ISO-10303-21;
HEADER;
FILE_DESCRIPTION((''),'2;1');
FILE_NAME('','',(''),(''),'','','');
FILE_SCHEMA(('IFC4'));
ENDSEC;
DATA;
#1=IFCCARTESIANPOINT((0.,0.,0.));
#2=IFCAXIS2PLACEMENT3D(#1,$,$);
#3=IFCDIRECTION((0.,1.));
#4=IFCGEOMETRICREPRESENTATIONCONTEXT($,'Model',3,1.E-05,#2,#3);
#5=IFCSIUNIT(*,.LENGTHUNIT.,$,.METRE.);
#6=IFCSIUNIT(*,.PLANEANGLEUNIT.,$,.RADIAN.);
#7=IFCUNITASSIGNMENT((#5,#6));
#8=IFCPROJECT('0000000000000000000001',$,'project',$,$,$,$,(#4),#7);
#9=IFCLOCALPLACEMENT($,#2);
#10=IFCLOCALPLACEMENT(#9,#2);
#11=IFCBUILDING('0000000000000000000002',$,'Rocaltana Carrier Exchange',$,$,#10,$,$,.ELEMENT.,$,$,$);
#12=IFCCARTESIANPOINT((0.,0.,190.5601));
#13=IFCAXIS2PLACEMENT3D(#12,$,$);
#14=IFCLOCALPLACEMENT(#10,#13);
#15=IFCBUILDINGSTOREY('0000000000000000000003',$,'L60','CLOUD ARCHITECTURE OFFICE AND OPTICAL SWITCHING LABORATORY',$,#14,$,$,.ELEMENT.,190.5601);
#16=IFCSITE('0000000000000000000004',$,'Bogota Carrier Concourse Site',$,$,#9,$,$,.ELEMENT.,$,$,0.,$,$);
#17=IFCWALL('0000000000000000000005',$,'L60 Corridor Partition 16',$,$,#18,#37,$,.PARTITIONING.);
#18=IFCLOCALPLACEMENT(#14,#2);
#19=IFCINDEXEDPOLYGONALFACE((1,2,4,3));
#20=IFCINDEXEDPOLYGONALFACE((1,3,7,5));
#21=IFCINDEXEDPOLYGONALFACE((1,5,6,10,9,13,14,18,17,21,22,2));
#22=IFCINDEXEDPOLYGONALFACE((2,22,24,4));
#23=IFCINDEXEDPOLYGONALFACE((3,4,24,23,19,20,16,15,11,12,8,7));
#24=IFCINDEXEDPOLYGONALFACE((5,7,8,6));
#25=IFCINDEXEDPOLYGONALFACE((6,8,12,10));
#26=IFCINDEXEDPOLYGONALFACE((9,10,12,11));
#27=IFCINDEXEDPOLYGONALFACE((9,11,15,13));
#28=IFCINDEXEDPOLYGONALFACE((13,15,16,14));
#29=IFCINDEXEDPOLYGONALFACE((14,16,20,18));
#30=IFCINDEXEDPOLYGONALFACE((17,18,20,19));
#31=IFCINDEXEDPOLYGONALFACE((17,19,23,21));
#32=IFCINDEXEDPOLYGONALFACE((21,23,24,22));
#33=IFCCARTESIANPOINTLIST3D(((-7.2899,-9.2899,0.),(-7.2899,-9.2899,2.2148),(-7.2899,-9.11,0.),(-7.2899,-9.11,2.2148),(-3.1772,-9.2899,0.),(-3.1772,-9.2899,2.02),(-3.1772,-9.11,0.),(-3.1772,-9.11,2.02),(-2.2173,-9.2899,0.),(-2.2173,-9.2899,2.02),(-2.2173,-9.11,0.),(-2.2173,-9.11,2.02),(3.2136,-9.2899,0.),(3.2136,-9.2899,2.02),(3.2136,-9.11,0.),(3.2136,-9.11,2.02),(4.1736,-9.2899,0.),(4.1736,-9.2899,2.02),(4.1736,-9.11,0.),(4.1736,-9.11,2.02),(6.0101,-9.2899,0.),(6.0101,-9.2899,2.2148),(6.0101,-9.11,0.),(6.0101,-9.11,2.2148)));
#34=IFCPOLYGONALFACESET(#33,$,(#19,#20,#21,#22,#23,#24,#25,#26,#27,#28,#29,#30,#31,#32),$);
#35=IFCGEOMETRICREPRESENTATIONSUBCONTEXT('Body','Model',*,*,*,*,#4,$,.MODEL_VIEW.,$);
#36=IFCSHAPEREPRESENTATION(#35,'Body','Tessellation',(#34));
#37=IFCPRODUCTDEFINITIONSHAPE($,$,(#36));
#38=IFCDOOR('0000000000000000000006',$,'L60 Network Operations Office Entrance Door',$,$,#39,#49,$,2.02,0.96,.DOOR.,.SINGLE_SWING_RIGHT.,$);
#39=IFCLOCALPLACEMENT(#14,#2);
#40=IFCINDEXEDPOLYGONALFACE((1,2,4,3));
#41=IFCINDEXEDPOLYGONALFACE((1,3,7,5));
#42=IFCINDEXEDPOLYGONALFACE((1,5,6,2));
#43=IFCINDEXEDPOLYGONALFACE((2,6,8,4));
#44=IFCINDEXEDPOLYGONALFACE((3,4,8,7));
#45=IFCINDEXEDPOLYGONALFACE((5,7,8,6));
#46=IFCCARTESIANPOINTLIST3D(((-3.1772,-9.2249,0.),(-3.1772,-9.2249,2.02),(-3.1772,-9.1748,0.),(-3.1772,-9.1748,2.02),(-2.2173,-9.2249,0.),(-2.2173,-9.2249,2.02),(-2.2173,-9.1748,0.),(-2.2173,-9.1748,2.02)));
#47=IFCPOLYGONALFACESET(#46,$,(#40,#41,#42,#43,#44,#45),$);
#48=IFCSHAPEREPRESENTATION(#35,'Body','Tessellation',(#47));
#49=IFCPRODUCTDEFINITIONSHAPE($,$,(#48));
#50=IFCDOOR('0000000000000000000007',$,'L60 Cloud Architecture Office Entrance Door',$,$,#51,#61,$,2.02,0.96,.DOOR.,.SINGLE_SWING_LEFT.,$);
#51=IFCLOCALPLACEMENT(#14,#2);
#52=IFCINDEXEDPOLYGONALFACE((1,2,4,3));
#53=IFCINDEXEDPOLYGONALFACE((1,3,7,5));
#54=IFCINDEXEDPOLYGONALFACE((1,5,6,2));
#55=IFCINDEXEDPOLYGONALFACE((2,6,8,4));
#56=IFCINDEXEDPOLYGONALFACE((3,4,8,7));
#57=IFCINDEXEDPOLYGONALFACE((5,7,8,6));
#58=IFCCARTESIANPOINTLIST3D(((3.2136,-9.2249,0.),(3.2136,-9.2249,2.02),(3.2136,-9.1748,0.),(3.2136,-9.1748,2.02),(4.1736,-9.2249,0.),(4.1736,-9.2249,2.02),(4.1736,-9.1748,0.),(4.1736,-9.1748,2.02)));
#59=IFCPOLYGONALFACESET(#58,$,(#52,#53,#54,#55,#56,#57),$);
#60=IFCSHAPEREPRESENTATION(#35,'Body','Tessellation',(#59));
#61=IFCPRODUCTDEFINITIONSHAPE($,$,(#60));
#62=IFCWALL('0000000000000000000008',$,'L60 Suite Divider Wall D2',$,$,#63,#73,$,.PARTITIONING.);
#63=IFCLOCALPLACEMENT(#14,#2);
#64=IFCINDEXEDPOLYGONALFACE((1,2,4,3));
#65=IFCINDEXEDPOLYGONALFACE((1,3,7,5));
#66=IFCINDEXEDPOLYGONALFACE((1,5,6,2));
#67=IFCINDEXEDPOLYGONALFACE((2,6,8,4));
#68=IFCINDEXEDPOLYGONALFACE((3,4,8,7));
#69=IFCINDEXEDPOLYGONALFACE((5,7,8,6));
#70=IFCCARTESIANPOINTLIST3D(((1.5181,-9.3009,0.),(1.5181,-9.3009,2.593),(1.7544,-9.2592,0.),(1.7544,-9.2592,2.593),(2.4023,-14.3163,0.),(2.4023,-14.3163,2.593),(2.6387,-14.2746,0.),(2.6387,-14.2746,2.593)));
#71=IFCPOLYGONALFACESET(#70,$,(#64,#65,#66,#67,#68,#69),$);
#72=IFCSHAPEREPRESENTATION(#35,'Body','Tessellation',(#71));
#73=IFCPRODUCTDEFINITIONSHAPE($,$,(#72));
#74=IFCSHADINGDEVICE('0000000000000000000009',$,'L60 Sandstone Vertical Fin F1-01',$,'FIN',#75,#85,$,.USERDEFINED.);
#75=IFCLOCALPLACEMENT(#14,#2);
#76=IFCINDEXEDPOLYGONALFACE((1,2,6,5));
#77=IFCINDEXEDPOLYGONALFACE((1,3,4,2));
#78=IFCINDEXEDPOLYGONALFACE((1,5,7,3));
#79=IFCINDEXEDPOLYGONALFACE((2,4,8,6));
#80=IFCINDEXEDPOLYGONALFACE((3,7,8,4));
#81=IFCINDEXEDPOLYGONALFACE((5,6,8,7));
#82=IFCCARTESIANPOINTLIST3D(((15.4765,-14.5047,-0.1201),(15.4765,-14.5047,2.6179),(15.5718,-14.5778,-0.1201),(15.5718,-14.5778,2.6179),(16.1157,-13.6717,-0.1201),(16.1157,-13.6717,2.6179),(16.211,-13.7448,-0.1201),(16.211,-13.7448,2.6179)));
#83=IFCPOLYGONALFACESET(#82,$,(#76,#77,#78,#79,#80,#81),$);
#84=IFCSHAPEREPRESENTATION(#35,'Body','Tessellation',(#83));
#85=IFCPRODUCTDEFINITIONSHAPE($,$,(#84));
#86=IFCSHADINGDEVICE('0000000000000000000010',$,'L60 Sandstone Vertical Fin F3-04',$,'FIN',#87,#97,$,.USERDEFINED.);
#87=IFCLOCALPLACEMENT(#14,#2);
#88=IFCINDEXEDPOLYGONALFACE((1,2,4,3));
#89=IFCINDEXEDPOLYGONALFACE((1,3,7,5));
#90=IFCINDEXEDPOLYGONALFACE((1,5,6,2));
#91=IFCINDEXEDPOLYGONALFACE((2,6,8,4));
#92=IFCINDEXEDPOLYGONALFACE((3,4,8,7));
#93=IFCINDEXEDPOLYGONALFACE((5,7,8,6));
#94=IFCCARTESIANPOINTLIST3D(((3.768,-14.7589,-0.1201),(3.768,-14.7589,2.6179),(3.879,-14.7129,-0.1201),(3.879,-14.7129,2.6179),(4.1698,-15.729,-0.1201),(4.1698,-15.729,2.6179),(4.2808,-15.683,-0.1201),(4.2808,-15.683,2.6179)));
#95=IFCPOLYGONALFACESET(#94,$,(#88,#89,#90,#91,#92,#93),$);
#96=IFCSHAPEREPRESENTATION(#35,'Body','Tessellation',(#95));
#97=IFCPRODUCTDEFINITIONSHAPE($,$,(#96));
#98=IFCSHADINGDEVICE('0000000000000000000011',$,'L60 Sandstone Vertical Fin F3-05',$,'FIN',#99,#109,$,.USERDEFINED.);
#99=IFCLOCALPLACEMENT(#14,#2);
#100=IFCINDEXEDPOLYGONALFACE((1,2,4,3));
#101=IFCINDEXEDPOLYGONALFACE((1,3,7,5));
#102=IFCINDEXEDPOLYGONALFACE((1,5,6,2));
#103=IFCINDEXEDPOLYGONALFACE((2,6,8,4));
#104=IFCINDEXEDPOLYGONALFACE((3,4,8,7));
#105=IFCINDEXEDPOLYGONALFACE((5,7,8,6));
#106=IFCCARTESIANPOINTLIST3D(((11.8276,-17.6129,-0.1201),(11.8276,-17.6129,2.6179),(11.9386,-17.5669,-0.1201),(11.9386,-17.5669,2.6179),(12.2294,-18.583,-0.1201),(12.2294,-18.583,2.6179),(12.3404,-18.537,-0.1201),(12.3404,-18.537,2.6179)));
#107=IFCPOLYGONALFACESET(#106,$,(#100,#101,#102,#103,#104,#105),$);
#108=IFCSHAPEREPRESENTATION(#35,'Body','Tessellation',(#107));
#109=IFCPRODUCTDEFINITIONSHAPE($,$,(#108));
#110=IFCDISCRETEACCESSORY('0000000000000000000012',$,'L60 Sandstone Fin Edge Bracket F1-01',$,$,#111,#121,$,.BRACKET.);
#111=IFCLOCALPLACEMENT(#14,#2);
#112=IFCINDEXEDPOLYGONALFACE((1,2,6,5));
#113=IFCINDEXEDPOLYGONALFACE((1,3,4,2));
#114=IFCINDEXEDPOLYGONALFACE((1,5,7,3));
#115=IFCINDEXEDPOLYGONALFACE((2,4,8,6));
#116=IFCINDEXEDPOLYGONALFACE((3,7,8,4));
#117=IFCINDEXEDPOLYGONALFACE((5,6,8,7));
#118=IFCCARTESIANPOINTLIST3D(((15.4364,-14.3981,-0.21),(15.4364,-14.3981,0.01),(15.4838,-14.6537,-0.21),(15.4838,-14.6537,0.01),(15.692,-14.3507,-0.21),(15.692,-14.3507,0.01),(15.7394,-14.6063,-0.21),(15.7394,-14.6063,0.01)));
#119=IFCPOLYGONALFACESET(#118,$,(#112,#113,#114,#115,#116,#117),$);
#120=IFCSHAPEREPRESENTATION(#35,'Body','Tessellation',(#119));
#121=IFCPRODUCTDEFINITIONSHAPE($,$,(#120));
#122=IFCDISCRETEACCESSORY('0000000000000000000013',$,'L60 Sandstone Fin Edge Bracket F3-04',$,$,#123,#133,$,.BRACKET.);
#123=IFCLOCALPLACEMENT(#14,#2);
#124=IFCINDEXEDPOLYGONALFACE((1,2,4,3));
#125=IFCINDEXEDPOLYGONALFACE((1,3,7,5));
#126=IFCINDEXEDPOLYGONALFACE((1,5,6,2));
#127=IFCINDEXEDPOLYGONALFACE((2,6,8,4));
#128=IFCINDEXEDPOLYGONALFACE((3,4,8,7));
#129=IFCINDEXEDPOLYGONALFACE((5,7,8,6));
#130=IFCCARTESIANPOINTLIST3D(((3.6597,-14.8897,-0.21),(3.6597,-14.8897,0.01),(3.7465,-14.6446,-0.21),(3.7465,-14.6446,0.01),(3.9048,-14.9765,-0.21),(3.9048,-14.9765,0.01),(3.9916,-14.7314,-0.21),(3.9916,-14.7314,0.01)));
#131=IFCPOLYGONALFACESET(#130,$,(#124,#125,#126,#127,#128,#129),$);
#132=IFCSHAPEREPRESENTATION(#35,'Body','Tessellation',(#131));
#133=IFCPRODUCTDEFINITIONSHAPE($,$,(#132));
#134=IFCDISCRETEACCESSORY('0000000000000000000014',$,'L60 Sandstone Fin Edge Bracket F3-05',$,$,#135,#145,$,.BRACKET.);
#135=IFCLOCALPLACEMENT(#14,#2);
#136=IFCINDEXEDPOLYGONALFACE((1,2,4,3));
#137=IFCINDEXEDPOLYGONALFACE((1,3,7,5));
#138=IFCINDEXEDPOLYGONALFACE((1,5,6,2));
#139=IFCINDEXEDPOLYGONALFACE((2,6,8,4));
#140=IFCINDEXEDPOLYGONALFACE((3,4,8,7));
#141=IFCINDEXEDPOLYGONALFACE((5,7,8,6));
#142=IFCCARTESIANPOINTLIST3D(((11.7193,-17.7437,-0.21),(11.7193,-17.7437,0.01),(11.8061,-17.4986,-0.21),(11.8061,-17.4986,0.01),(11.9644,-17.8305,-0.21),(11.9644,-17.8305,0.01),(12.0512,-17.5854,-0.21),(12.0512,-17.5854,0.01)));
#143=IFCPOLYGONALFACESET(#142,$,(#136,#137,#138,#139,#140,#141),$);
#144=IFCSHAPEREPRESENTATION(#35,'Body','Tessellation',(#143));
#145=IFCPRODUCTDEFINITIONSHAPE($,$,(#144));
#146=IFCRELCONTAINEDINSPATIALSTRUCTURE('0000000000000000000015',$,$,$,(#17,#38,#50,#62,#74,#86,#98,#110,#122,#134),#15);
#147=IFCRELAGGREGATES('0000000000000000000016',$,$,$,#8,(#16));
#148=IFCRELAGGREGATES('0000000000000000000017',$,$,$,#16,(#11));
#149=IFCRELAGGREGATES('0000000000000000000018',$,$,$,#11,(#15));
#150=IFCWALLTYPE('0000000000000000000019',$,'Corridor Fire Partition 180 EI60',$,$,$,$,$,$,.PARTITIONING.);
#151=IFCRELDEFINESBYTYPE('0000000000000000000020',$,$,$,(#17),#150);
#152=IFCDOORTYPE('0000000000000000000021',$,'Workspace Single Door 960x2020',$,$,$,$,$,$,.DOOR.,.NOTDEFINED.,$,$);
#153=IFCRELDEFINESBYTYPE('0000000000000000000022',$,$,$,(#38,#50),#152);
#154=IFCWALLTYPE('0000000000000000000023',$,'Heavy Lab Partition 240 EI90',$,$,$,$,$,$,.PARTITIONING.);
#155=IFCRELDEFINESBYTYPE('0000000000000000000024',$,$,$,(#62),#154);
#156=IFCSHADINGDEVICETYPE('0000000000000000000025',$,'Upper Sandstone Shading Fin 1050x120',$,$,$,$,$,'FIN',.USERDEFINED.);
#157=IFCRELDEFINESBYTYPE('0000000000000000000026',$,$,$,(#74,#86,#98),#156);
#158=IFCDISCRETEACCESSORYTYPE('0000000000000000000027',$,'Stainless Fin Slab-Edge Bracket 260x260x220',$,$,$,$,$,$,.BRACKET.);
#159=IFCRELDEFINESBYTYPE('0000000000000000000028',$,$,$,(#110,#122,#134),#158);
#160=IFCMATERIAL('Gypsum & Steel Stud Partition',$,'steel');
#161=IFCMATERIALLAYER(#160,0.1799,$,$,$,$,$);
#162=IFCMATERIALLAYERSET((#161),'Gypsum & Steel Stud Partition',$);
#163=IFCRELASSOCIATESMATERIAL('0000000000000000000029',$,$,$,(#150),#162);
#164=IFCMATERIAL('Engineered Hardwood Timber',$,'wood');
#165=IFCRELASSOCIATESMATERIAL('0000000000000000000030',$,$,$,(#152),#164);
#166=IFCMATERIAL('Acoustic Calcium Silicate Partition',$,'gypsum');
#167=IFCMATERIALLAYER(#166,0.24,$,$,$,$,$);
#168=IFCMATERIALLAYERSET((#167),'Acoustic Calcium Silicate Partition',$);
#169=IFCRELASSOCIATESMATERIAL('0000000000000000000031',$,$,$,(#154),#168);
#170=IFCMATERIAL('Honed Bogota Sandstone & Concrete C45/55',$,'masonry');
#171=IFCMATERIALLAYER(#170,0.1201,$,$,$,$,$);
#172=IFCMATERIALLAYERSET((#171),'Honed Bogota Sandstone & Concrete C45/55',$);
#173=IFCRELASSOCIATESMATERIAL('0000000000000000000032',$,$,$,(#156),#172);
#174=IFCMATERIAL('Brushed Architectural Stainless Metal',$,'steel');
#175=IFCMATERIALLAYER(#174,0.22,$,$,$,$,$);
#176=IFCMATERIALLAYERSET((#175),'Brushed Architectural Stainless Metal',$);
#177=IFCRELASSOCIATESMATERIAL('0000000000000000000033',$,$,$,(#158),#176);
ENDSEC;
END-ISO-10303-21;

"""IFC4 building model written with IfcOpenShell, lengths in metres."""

from ifc_helpers import new_model, si_unit, direction, frame, frame_2d, origin, origin_2d, place, context, subcontext, project, spatial, rectangle, extrude, material, layer, layer_set, type_object, element, fill, save


model = new_model("IFC4")

# Units and contexts
model_context = context("Model", 3, precision=1e-05, world=origin(), true_north=direction((0.0, 1.0)))
body_context = subcontext(model_context, "Body", "Model", "MODEL_VIEW")
ifc_project = project(units=[si_unit("LENGTHUNIT", "METRE"), si_unit("PLANEANGLEUNIT", "RADIAN")], contexts=[model_context])

# Site, building, storey
site_placement = place(None, origin())
site = spatial("IfcSite", under=ifc_project, at=site_placement, Name="Bogota Carrier Concourse Site", CompositionType="ELEMENT", RefElevation=0.0)
building_placement = place(site_placement, origin())
building = spatial("IfcBuilding", under=site, at=building_placement, Name="Rocaltana Carrier Exchange", CompositionType="ELEMENT")
storey_placement = place(building_placement, frame((0.0, 0.0, 190.5601)))
storey = spatial("IfcBuildingStorey", under=building, at=storey_placement, Name="L60", Description="CLOUD ARCHITECTURE OFFICE AND OPTICAL SWITCHING LABORATORY", CompositionType="ELEMENT", Elevation=190.5601)

# Wall, openings, doors
ifc_material_1 = material(Name="Gypsum & Steel Stud Partition", Category="steel")
ifc_layer_1 = layer(ifc_material_1, 0.1799)
ifc_layer_set_1 = layer_set([ifc_layer_1], Name="Gypsum & Steel Stud Partition")
wall_type_1 = type_object("IfcWallType", Name="Corridor Fire Partition 180 EI60", PredefinedType="PARTITIONING", material=ifc_layer_set_1)
wall_1_placement = place(storey_placement, frame((6.01, -9.2, 0.0), z_axis=(0.0, 0.0, 1.0), x_axis=(-1.0, 0.0, 0.0)))
wall_1 = element("IfcWall", 1, at=wall_1_placement, inside=storey, type_object=wall_type_1, Name="L60 Corridor Partition 16", PredefinedType="PARTITIONING", context=body_context, shape_type="SweptSolid", body=[
    extrude(rectangle(XDim=13.3, YDim=0.1799, at=frame_2d((6.6499, 0.0))), origin(), (0.0, 0.0, 1.0), 2.2148),
])
opening_1_placement = place(wall_1_placement, frame((8.2273, 0.0, 0.0)))
opening_1 = element("IfcOpeningElement", 2, at=opening_1_placement, cuts=wall_1, PredefinedType="OPENING", context=body_context, shape_type="SweptSolid", body=[
    extrude(rectangle(XDim=0.96, YDim=2.02, at=frame_2d((0.48, 1.01))), frame((0.0, 0.0999, 0.0), z_axis=(0.0, -1.0, 0.0), x_axis=(1.0, 0.0, 0.0)), (0.0, 0.0, 1.0), 0.2),
])
opening_2_placement = place(wall_1_placement, frame((1.8364, 0.0, 0.0)))
opening_2 = element("IfcOpeningElement", 3, at=opening_2_placement, cuts=wall_1, PredefinedType="OPENING", context=body_context, shape_type="SweptSolid", body=[
    extrude(rectangle(XDim=0.96, YDim=2.02, at=frame_2d((0.48, 1.01))), frame((0.0, 0.0999, 0.0), z_axis=(0.0, -1.0, 0.0), x_axis=(1.0, 0.0, 0.0)), (0.0, 0.0, 1.0), 0.2),
])
ifc_material_2 = material(Name="Engineered Hardwood Timber", Category="wood")
door_type = type_object("IfcDoorType", Name="Workspace Single Door 960x2020", OperationType="NOTDEFINED", PredefinedType="DOOR", material=ifc_material_2)
door_1_placement = place(opening_1_placement, origin())
door_1 = element("IfcDoor", 4, at=door_1_placement, inside=storey, type_object=door_type, Name="L60 Network Operations Office Entrance Door", OperationType="SINGLE_SWING_RIGHT", OverallHeight=2.02, OverallWidth=0.96, PredefinedType="DOOR", context=body_context, shape_type="SweptSolid", body=[
    extrude(rectangle(XDim=0.96, YDim=2.02, at=frame_2d((0.48, 1.01))), frame((0.0, 0.0249, 0.0), z_axis=(0.0, -1.0, 0.0), x_axis=(1.0, 0.0, 0.0)), (0.0, 0.0, 1.0), 0.05),
])
fill(opening_1, door_1)
door_2_placement = place(opening_2_placement, origin())
door_2 = element("IfcDoor", 5, at=door_2_placement, inside=storey, type_object=door_type, Name="L60 Cloud Architecture Office Entrance Door", OperationType="SINGLE_SWING_LEFT", OverallHeight=2.02, OverallWidth=0.96, PredefinedType="DOOR", context=body_context, shape_type="SweptSolid", body=[
    extrude(rectangle(XDim=0.96, YDim=2.02, at=frame_2d((0.48, 1.01))), frame((0.0, 0.0249, 0.0), z_axis=(0.0, -1.0, 0.0), x_axis=(1.0, 0.0, 0.0)), (0.0, 0.0, 1.0), 0.05),
])
fill(opening_2, door_2)

# Wall
ifc_material_3 = material(Name="Acoustic Calcium Silicate Partition", Category="gypsum")
ifc_layer_2 = layer(ifc_material_3, 0.24)
ifc_layer_set_2 = layer_set([ifc_layer_2], Name="Acoustic Calcium Silicate Partition")
wall_type_2 = type_object("IfcWallType", Name="Heavy Lab Partition 240 EI90", PredefinedType="PARTITIONING", material=ifc_layer_set_2)
wall_2_placement = place(storey_placement, frame((1.6362, -9.28, 0.0), z_axis=(0.0, 0.0, 1.0), x_axis=(0.173635, -0.98481, 0.0)))
element("IfcWall", 6, at=wall_2_placement, inside=storey, type_object=wall_type_2, Name="L60 Suite Divider Wall D2", PredefinedType="PARTITIONING", context=body_context, shape_type="SweptSolid", body=[
    extrude(rectangle(XDim=5.0928, YDim=0.24, at=frame_2d((2.5464, 0.0))), origin(), (0.0, 0.0, 1.0), 2.593),
])

# Shading devices
ifc_material_4 = material(Name="Honed Bogota Sandstone & Concrete C45/55", Category="masonry")
ifc_layer_3 = layer(ifc_material_4, 0.1201)
ifc_layer_set_3 = layer_set([ifc_layer_3], Name="Honed Bogota Sandstone & Concrete C45/55")
shading_device_type = type_object("IfcShadingDeviceType", Name="Upper Sandstone Shading Fin 1050x120", ElementType="FIN", PredefinedType="USERDEFINED", material=ifc_layer_set_3)
for number, where, z_axis, x_axis, name in (
    (7, (15.8438, -14.1248, -0.1201), (0.0, 0.0, 1.0), (0.608761, 0.793353, 0.0), "L60 Sandstone Vertical Fin F1-01"),
    (8, (4.0244, -15.2209, -0.1201), (0.0, 0.0, 1.0), (0.382683, -0.92388, 0.0), "L60 Sandstone Vertical Fin F3-04"),
    (9, (12.084, -18.075, -0.1201), (0.0, 0.0, 1.0), (0.382683, -0.92388, 0.0), "L60 Sandstone Vertical Fin F3-05"),
):
    element("IfcShadingDevice", number, at=place(storey_placement, frame(where, z_axis=z_axis, x_axis=x_axis)), inside=storey, type_object=shading_device_type, Name=name, ObjectType="FIN", PredefinedType="USERDEFINED", context=body_context, shape_type="SweptSolid", body=[
        extrude(rectangle(XDim=1.05, YDim=0.1201, at=origin_2d()), origin(), (0.0, 0.0, 1.0), 2.738),
    ])

# Discrete accessories
ifc_material_5 = material(Name="Brushed Architectural Stainless Metal", Category="steel")
ifc_layer_4 = layer(ifc_material_5, 0.22)
ifc_layer_set_4 = layer_set([ifc_layer_4], Name="Brushed Architectural Stainless Metal")
discrete_accessory_type = type_object("IfcDiscreteAccessoryType", Name="Stainless Fin Slab-Edge Bracket 260x260x220", PredefinedType="BRACKET", material=ifc_layer_set_4)
for number, where, z_axis, x_axis, name in (
    (10, (15.5879, -14.5022, -0.21), (0.0, 0.0, 1.0), (-0.182236, 0.983255, 0.0), "L60 Sandstone Fin Edge Bracket F1-01"),
    (11, (3.8257, -14.8105, -0.21), (0.0, 0.0, 1.0), (0.942641, -0.333807, 0.0), "L60 Sandstone Fin Edge Bracket F3-04"),
    (12, (11.8853, -17.6646, -0.21), (0.0, 0.0, 1.0), (0.942641, -0.333807, 0.0), "L60 Sandstone Fin Edge Bracket F3-05"),
):
    element("IfcDiscreteAccessory", number, at=place(storey_placement, frame(where, z_axis=z_axis, x_axis=x_axis)), inside=storey, type_object=discrete_accessory_type, Name=name, PredefinedType="BRACKET", context=body_context, shape_type="SweptSolid", body=[
        extrude(rectangle(XDim=0.26, YDim=0.26, at=origin_2d()), origin(), (0.0, 0.0, 1.0), 0.22),
    ])

save(model, "model.ifc")
